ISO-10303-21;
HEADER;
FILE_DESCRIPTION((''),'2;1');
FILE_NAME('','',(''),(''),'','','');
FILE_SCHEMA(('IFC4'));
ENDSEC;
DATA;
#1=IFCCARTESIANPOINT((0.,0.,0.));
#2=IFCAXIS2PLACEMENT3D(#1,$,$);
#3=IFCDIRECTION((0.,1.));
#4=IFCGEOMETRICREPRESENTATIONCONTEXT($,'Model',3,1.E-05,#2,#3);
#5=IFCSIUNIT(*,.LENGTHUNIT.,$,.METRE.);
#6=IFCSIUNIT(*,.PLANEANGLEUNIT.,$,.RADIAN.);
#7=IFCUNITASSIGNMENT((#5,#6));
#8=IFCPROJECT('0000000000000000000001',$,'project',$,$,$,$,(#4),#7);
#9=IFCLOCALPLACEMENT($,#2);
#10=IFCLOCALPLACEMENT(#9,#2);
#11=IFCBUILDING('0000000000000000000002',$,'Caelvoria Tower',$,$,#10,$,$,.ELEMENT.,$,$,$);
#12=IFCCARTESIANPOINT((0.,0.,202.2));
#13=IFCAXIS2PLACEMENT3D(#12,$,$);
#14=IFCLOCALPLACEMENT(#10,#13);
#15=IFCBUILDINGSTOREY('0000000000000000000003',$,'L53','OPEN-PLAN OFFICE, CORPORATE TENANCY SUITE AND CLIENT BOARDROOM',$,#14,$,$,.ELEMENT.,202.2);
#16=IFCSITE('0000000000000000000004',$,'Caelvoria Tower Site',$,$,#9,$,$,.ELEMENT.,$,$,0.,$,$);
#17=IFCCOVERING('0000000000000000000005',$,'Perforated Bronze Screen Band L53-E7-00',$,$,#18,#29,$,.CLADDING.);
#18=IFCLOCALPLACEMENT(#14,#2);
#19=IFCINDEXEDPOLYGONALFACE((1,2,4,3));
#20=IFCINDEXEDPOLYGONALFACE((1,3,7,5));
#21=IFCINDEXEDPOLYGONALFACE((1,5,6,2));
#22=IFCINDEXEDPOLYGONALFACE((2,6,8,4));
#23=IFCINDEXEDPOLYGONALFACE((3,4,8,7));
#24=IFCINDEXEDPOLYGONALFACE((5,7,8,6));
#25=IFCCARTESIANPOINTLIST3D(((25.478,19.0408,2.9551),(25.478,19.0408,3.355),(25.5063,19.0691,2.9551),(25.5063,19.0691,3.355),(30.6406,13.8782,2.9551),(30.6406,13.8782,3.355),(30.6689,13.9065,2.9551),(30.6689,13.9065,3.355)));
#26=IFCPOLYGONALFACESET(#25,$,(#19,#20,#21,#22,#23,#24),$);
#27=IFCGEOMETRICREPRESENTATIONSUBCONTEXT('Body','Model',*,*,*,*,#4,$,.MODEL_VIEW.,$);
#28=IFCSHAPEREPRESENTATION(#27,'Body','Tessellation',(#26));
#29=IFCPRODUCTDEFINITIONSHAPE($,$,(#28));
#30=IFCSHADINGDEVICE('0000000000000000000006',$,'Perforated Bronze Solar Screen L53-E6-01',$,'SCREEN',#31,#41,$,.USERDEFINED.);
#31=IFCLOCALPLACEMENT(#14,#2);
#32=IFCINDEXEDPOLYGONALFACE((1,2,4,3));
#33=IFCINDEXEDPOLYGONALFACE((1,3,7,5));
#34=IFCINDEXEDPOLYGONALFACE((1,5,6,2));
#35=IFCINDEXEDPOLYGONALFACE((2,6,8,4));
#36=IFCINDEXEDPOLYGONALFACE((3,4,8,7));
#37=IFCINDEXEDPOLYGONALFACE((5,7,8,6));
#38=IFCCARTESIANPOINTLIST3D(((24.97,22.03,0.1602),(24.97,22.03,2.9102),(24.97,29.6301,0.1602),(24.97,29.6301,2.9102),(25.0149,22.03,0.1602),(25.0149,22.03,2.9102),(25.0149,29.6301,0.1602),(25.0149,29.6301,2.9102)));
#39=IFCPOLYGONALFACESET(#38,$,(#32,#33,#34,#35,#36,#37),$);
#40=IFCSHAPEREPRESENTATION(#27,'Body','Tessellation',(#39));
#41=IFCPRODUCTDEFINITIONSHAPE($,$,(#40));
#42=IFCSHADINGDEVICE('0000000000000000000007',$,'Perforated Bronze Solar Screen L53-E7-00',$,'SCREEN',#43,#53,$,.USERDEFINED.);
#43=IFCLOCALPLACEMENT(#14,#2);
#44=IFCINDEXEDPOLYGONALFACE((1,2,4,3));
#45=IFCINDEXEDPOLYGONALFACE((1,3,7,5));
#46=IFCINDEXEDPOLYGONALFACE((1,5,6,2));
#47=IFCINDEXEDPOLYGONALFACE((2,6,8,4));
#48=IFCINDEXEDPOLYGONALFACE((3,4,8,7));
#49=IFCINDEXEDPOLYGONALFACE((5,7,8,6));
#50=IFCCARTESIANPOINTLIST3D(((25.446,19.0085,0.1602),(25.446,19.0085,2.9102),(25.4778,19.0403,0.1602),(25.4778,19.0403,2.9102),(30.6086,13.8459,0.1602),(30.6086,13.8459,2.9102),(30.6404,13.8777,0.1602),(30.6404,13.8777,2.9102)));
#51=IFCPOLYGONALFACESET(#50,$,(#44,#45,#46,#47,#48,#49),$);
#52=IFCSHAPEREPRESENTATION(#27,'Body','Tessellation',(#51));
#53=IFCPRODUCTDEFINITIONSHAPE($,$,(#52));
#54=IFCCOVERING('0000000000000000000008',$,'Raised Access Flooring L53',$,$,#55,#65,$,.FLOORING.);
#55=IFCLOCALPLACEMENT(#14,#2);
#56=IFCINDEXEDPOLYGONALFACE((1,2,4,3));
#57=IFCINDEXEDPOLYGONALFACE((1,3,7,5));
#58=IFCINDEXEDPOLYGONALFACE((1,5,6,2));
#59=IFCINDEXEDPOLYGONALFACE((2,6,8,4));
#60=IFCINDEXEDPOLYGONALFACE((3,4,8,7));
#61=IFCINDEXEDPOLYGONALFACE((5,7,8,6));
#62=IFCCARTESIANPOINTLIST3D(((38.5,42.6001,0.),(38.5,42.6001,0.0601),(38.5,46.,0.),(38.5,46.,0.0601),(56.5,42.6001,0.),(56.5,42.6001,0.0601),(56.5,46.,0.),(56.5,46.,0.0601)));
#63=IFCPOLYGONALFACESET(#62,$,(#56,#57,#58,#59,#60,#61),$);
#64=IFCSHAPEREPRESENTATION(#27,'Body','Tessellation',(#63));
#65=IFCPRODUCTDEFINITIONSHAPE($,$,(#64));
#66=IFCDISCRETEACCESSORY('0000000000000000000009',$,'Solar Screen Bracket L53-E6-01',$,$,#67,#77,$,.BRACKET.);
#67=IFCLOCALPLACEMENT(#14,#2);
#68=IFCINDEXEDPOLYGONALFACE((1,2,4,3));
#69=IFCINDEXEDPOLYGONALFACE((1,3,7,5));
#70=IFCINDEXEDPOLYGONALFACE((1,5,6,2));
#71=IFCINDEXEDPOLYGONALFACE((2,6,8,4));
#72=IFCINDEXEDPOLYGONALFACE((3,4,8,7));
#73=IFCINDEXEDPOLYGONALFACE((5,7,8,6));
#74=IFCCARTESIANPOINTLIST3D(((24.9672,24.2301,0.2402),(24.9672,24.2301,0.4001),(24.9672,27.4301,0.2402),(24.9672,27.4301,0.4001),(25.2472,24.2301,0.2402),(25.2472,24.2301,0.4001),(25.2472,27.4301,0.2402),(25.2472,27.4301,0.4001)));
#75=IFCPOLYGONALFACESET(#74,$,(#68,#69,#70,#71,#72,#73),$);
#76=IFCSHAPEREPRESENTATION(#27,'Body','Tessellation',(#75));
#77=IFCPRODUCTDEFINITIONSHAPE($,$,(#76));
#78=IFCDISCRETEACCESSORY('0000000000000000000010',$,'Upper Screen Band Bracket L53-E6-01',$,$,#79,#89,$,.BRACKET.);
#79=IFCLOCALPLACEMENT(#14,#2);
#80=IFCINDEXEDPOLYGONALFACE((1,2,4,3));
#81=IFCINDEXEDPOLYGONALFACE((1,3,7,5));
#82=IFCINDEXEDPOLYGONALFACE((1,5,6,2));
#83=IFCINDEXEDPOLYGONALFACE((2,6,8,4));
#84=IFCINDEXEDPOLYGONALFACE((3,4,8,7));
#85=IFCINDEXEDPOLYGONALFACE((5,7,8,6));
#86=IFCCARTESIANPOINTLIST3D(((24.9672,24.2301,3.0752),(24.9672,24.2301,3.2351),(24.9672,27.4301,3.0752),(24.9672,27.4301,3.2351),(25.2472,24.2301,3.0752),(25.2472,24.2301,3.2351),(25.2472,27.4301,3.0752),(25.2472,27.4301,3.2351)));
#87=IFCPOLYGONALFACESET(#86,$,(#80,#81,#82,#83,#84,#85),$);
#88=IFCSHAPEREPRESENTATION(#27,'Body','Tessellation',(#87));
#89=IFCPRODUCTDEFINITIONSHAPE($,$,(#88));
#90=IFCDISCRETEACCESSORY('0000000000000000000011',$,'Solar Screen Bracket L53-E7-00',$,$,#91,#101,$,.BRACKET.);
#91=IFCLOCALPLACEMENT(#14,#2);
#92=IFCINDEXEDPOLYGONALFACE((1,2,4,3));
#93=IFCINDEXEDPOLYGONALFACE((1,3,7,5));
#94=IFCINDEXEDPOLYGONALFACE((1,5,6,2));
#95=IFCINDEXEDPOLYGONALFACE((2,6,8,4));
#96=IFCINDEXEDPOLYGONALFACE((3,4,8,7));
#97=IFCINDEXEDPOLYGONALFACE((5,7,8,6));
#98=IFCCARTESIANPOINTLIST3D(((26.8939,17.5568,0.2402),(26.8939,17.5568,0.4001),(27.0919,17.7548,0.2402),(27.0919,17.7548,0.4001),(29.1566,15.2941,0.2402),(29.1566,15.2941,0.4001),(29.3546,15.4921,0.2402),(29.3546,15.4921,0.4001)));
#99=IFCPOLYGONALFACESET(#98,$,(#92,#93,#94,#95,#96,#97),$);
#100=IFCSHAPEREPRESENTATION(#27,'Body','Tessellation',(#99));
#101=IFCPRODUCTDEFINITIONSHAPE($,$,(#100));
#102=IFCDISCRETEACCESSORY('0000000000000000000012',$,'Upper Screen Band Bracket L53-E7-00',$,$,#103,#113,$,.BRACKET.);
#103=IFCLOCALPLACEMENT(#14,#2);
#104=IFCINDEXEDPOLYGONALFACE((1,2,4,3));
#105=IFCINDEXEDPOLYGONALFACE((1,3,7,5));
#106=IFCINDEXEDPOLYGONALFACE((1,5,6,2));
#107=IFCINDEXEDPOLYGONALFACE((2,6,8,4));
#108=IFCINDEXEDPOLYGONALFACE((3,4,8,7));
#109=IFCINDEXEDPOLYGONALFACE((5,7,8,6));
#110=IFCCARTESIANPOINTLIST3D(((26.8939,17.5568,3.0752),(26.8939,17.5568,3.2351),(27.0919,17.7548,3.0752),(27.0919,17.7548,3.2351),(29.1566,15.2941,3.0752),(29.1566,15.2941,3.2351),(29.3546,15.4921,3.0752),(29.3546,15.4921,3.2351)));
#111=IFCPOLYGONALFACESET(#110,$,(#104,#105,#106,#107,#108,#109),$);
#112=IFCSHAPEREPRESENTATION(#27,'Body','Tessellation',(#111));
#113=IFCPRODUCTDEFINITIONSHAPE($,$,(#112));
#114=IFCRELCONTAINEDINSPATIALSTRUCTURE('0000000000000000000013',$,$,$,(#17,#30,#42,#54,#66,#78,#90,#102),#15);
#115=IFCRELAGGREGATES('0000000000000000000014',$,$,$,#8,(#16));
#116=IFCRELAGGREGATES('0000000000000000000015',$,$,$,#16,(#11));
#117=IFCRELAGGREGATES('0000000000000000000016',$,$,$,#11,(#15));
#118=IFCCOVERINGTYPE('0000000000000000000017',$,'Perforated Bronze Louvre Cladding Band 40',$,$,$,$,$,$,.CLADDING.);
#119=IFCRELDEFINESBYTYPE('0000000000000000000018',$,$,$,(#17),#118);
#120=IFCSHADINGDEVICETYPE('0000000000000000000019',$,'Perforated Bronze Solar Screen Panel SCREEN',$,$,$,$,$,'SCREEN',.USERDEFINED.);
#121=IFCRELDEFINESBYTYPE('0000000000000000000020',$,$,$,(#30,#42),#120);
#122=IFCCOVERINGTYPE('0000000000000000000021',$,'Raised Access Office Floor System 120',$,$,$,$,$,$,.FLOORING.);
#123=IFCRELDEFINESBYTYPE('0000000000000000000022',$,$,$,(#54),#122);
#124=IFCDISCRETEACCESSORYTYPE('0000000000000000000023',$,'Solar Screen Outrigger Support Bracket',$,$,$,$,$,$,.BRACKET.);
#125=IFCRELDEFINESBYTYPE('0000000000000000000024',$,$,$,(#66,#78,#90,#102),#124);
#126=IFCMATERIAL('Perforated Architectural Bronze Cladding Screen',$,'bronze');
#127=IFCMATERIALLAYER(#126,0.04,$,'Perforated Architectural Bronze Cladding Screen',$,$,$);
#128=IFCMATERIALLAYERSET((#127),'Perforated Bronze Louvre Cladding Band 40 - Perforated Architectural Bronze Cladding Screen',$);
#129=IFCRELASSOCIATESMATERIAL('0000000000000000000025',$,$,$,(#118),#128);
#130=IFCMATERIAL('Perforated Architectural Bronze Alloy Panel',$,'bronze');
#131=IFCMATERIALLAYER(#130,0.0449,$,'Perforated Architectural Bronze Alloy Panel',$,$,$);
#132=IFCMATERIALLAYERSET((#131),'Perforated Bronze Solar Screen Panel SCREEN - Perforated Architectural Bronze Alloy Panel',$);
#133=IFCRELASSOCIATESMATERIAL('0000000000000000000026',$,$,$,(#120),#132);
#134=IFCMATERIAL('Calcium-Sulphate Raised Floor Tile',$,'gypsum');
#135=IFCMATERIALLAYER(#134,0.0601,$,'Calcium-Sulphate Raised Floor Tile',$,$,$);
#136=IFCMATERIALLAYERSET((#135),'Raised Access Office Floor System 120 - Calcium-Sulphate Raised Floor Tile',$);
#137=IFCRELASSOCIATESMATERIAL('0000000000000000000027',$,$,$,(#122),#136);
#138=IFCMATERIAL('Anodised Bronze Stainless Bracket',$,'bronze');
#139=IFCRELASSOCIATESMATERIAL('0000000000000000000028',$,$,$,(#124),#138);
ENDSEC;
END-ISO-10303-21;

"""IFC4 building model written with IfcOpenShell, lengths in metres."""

from ifc_helpers import new_model, si_unit, direction, frame, origin, origin_2d, place, context, subcontext, project, spatial, polyline, rectangle, outline, extrude, material, layer, layer_set, type_object, element, save


model = new_model("IFC4")

# Units and contexts
model_context = context("Model", 3, precision=1e-05, world=origin(), true_north=direction((0.0, 1.0)))
body_context = subcontext(model_context, "Body", "Model", "MODEL_VIEW")
ifc_project = project(units=[si_unit("LENGTHUNIT", "METRE"), si_unit("PLANEANGLEUNIT", "RADIAN")], contexts=[model_context])

# Site, building, storey
site_placement = place(None, origin())
site = spatial("IfcSite", under=ifc_project, at=site_placement, Name="Caelvoria Tower Site", CompositionType="ELEMENT", RefElevation=0.0)
building_placement = place(site_placement, origin())
building = spatial("IfcBuilding", under=site, at=building_placement, Name="Caelvoria Tower", CompositionType="ELEMENT")
storey_placement = place(building_placement, frame((0.0, 0.0, 202.2)))
storey = spatial("IfcBuildingStorey", under=building, at=storey_placement, Name="L53", Description="OPEN-PLAN OFFICE, CORPORATE TENANCY SUITE AND CLIENT BOARDROOM", CompositionType="ELEMENT", Elevation=202.2)

# Covering
ifc_material_1 = material(Name="Perforated Architectural Bronze Cladding Screen", Category="bronze")
ifc_layer_1 = layer(ifc_material_1, 0.04, Name="Perforated Architectural Bronze Cladding Screen")
ifc_layer_set_1 = layer_set([ifc_layer_1], Name="Perforated Bronze Louvre Cladding Band 40 - Perforated Architectural Bronze Cladding Screen")
covering_type_1 = type_object("IfcCoveringType", Name="Perforated Bronze Louvre Cladding Band 40", PredefinedType="CLADDING", material=ifc_layer_set_1)
covering_1_placement = place(storey_placement, frame((28.0735, 16.4736, 2.9551), z_axis=(0.0, 0.0, 1.0), x_axis=(0.707107, -0.707107, 0.0)))
element("IfcCovering", 1, at=covering_1_placement, inside=storey, type_object=covering_type_1, Name="Perforated Bronze Screen Band L53-E7-00", PredefinedType="CLADDING", context=body_context, shape_type="SweptSolid", body=[
    extrude(rectangle(XDim=7.301, YDim=0.04, at=origin_2d()), origin(), (0.0, 0.0, 1.0), 0.3999),
])

# Shading devices
ifc_material_2 = material(Name="Perforated Architectural Bronze Alloy Panel", Category="bronze")
ifc_layer_2 = layer(ifc_material_2, 0.0449, Name="Perforated Architectural Bronze Alloy Panel")
ifc_layer_set_2 = layer_set([ifc_layer_2], Name="Perforated Bronze Solar Screen Panel SCREEN - Perforated Architectural Bronze Alloy Panel")
shading_device_type = type_object("IfcShadingDeviceType", Name="Perforated Bronze Solar Screen Panel SCREEN", ElementType="SCREEN", PredefinedType="USERDEFINED", material=ifc_layer_set_2)
shading_device_1_placement = place(storey_placement, frame((24.9924, 25.8301, 0.1602), z_axis=(0.0, 0.0, 1.0), x_axis=(0.0, -1.0, 0.0)))
element("IfcShadingDevice", 2, at=shading_device_1_placement, inside=storey, type_object=shading_device_type, Name="Perforated Bronze Solar Screen L53-E6-01", ObjectType="SCREEN", PredefinedType="USERDEFINED", context=body_context, shape_type="SweptSolid", body=[
    extrude(rectangle(XDim=7.6001, YDim=0.0449, at=origin_2d()), origin(), (0.0, 0.0, 1.0), 2.75),
])
shading_device_2_placement = place(storey_placement, frame((28.0432, 16.4431, 0.1602), z_axis=(0.0, 0.0, 1.0), x_axis=(0.707107, -0.707107, 0.0)))
element("IfcShadingDevice", 3, at=shading_device_2_placement, inside=storey, type_object=shading_device_type, Name="Perforated Bronze Solar Screen L53-E7-00", ObjectType="SCREEN", PredefinedType="USERDEFINED", context=body_context, shape_type="SweptSolid", body=[
    extrude(rectangle(XDim=7.301, YDim=0.0449, at=origin_2d()), origin(), (0.0, 0.0, 1.0), 2.75),
])

# Covering
ifc_material_3 = material(Name="Calcium-Sulphate Raised Floor Tile", Category="gypsum")
ifc_layer_3 = layer(ifc_material_3, 0.0601, Name="Calcium-Sulphate Raised Floor Tile")
ifc_layer_set_3 = layer_set([ifc_layer_3], Name="Raised Access Office Floor System 120 - Calcium-Sulphate Raised Floor Tile")
covering_type_2 = type_object("IfcCoveringType", Name="Raised Access Office Floor System 120", PredefinedType="FLOORING", material=ifc_layer_set_3)
covering_2_placement = place(storey_placement, origin())
element("IfcCovering", 4, at=covering_2_placement, inside=storey, type_object=covering_type_2, Name="Raised Access Flooring L53", PredefinedType="FLOORING", context=body_context, shape_type="SweptSolid", body=[
    extrude(outline(polyline([(38.5, 42.6001), (56.5, 42.6001), (56.5, 46.0), (38.5, 46.0), (38.5, 42.6001)])), origin(), (0.0, 0.0, 1.0), 0.0601),
])

# Discrete accessories
ifc_material_4 = material(Name="Anodised Bronze Stainless Bracket", Category="bronze")
discrete_accessory_type = type_object("IfcDiscreteAccessoryType", Name="Solar Screen Outrigger Support Bracket", PredefinedType="BRACKET", material=ifc_material_4)
for number, where, z_axis, x_axis, name in (
    (5, (25.1072, 25.8301, 0.2402), (0.0, 0.0, 1.0), (0.0, -1.0, 0.0), "Solar Screen Bracket L53-E6-01"),
    (6, (25.1072, 25.8301, 3.0752), (0.0, 0.0, 1.0), (0.0, -1.0, 0.0), "Upper Screen Band Bracket L53-E6-01"),
    (7, (28.1243, 16.5244, 0.2402), (0.0, 0.0, 1.0), (0.707107, -0.707107, 0.0), "Solar Screen Bracket L53-E7-00"),
    (8, (28.1243, 16.5244, 3.0752), (0.0, 0.0, 1.0), (0.707107, -0.707107, 0.0), "Upper Screen Band Bracket L53-E7-00"),
):
    element("IfcDiscreteAccessory", number, at=place(storey_placement, frame(where, z_axis=z_axis, x_axis=x_axis)), inside=storey, type_object=discrete_accessory_type, Name=name, PredefinedType="BRACKET", context=body_context, shape_type="SweptSolid", body=[
        extrude(rectangle(XDim=3.2, YDim=0.28, at=origin_2d()), origin(), (0.0, 0.0, 1.0), 0.1599),
    ])

save(model, "model.ifc")
